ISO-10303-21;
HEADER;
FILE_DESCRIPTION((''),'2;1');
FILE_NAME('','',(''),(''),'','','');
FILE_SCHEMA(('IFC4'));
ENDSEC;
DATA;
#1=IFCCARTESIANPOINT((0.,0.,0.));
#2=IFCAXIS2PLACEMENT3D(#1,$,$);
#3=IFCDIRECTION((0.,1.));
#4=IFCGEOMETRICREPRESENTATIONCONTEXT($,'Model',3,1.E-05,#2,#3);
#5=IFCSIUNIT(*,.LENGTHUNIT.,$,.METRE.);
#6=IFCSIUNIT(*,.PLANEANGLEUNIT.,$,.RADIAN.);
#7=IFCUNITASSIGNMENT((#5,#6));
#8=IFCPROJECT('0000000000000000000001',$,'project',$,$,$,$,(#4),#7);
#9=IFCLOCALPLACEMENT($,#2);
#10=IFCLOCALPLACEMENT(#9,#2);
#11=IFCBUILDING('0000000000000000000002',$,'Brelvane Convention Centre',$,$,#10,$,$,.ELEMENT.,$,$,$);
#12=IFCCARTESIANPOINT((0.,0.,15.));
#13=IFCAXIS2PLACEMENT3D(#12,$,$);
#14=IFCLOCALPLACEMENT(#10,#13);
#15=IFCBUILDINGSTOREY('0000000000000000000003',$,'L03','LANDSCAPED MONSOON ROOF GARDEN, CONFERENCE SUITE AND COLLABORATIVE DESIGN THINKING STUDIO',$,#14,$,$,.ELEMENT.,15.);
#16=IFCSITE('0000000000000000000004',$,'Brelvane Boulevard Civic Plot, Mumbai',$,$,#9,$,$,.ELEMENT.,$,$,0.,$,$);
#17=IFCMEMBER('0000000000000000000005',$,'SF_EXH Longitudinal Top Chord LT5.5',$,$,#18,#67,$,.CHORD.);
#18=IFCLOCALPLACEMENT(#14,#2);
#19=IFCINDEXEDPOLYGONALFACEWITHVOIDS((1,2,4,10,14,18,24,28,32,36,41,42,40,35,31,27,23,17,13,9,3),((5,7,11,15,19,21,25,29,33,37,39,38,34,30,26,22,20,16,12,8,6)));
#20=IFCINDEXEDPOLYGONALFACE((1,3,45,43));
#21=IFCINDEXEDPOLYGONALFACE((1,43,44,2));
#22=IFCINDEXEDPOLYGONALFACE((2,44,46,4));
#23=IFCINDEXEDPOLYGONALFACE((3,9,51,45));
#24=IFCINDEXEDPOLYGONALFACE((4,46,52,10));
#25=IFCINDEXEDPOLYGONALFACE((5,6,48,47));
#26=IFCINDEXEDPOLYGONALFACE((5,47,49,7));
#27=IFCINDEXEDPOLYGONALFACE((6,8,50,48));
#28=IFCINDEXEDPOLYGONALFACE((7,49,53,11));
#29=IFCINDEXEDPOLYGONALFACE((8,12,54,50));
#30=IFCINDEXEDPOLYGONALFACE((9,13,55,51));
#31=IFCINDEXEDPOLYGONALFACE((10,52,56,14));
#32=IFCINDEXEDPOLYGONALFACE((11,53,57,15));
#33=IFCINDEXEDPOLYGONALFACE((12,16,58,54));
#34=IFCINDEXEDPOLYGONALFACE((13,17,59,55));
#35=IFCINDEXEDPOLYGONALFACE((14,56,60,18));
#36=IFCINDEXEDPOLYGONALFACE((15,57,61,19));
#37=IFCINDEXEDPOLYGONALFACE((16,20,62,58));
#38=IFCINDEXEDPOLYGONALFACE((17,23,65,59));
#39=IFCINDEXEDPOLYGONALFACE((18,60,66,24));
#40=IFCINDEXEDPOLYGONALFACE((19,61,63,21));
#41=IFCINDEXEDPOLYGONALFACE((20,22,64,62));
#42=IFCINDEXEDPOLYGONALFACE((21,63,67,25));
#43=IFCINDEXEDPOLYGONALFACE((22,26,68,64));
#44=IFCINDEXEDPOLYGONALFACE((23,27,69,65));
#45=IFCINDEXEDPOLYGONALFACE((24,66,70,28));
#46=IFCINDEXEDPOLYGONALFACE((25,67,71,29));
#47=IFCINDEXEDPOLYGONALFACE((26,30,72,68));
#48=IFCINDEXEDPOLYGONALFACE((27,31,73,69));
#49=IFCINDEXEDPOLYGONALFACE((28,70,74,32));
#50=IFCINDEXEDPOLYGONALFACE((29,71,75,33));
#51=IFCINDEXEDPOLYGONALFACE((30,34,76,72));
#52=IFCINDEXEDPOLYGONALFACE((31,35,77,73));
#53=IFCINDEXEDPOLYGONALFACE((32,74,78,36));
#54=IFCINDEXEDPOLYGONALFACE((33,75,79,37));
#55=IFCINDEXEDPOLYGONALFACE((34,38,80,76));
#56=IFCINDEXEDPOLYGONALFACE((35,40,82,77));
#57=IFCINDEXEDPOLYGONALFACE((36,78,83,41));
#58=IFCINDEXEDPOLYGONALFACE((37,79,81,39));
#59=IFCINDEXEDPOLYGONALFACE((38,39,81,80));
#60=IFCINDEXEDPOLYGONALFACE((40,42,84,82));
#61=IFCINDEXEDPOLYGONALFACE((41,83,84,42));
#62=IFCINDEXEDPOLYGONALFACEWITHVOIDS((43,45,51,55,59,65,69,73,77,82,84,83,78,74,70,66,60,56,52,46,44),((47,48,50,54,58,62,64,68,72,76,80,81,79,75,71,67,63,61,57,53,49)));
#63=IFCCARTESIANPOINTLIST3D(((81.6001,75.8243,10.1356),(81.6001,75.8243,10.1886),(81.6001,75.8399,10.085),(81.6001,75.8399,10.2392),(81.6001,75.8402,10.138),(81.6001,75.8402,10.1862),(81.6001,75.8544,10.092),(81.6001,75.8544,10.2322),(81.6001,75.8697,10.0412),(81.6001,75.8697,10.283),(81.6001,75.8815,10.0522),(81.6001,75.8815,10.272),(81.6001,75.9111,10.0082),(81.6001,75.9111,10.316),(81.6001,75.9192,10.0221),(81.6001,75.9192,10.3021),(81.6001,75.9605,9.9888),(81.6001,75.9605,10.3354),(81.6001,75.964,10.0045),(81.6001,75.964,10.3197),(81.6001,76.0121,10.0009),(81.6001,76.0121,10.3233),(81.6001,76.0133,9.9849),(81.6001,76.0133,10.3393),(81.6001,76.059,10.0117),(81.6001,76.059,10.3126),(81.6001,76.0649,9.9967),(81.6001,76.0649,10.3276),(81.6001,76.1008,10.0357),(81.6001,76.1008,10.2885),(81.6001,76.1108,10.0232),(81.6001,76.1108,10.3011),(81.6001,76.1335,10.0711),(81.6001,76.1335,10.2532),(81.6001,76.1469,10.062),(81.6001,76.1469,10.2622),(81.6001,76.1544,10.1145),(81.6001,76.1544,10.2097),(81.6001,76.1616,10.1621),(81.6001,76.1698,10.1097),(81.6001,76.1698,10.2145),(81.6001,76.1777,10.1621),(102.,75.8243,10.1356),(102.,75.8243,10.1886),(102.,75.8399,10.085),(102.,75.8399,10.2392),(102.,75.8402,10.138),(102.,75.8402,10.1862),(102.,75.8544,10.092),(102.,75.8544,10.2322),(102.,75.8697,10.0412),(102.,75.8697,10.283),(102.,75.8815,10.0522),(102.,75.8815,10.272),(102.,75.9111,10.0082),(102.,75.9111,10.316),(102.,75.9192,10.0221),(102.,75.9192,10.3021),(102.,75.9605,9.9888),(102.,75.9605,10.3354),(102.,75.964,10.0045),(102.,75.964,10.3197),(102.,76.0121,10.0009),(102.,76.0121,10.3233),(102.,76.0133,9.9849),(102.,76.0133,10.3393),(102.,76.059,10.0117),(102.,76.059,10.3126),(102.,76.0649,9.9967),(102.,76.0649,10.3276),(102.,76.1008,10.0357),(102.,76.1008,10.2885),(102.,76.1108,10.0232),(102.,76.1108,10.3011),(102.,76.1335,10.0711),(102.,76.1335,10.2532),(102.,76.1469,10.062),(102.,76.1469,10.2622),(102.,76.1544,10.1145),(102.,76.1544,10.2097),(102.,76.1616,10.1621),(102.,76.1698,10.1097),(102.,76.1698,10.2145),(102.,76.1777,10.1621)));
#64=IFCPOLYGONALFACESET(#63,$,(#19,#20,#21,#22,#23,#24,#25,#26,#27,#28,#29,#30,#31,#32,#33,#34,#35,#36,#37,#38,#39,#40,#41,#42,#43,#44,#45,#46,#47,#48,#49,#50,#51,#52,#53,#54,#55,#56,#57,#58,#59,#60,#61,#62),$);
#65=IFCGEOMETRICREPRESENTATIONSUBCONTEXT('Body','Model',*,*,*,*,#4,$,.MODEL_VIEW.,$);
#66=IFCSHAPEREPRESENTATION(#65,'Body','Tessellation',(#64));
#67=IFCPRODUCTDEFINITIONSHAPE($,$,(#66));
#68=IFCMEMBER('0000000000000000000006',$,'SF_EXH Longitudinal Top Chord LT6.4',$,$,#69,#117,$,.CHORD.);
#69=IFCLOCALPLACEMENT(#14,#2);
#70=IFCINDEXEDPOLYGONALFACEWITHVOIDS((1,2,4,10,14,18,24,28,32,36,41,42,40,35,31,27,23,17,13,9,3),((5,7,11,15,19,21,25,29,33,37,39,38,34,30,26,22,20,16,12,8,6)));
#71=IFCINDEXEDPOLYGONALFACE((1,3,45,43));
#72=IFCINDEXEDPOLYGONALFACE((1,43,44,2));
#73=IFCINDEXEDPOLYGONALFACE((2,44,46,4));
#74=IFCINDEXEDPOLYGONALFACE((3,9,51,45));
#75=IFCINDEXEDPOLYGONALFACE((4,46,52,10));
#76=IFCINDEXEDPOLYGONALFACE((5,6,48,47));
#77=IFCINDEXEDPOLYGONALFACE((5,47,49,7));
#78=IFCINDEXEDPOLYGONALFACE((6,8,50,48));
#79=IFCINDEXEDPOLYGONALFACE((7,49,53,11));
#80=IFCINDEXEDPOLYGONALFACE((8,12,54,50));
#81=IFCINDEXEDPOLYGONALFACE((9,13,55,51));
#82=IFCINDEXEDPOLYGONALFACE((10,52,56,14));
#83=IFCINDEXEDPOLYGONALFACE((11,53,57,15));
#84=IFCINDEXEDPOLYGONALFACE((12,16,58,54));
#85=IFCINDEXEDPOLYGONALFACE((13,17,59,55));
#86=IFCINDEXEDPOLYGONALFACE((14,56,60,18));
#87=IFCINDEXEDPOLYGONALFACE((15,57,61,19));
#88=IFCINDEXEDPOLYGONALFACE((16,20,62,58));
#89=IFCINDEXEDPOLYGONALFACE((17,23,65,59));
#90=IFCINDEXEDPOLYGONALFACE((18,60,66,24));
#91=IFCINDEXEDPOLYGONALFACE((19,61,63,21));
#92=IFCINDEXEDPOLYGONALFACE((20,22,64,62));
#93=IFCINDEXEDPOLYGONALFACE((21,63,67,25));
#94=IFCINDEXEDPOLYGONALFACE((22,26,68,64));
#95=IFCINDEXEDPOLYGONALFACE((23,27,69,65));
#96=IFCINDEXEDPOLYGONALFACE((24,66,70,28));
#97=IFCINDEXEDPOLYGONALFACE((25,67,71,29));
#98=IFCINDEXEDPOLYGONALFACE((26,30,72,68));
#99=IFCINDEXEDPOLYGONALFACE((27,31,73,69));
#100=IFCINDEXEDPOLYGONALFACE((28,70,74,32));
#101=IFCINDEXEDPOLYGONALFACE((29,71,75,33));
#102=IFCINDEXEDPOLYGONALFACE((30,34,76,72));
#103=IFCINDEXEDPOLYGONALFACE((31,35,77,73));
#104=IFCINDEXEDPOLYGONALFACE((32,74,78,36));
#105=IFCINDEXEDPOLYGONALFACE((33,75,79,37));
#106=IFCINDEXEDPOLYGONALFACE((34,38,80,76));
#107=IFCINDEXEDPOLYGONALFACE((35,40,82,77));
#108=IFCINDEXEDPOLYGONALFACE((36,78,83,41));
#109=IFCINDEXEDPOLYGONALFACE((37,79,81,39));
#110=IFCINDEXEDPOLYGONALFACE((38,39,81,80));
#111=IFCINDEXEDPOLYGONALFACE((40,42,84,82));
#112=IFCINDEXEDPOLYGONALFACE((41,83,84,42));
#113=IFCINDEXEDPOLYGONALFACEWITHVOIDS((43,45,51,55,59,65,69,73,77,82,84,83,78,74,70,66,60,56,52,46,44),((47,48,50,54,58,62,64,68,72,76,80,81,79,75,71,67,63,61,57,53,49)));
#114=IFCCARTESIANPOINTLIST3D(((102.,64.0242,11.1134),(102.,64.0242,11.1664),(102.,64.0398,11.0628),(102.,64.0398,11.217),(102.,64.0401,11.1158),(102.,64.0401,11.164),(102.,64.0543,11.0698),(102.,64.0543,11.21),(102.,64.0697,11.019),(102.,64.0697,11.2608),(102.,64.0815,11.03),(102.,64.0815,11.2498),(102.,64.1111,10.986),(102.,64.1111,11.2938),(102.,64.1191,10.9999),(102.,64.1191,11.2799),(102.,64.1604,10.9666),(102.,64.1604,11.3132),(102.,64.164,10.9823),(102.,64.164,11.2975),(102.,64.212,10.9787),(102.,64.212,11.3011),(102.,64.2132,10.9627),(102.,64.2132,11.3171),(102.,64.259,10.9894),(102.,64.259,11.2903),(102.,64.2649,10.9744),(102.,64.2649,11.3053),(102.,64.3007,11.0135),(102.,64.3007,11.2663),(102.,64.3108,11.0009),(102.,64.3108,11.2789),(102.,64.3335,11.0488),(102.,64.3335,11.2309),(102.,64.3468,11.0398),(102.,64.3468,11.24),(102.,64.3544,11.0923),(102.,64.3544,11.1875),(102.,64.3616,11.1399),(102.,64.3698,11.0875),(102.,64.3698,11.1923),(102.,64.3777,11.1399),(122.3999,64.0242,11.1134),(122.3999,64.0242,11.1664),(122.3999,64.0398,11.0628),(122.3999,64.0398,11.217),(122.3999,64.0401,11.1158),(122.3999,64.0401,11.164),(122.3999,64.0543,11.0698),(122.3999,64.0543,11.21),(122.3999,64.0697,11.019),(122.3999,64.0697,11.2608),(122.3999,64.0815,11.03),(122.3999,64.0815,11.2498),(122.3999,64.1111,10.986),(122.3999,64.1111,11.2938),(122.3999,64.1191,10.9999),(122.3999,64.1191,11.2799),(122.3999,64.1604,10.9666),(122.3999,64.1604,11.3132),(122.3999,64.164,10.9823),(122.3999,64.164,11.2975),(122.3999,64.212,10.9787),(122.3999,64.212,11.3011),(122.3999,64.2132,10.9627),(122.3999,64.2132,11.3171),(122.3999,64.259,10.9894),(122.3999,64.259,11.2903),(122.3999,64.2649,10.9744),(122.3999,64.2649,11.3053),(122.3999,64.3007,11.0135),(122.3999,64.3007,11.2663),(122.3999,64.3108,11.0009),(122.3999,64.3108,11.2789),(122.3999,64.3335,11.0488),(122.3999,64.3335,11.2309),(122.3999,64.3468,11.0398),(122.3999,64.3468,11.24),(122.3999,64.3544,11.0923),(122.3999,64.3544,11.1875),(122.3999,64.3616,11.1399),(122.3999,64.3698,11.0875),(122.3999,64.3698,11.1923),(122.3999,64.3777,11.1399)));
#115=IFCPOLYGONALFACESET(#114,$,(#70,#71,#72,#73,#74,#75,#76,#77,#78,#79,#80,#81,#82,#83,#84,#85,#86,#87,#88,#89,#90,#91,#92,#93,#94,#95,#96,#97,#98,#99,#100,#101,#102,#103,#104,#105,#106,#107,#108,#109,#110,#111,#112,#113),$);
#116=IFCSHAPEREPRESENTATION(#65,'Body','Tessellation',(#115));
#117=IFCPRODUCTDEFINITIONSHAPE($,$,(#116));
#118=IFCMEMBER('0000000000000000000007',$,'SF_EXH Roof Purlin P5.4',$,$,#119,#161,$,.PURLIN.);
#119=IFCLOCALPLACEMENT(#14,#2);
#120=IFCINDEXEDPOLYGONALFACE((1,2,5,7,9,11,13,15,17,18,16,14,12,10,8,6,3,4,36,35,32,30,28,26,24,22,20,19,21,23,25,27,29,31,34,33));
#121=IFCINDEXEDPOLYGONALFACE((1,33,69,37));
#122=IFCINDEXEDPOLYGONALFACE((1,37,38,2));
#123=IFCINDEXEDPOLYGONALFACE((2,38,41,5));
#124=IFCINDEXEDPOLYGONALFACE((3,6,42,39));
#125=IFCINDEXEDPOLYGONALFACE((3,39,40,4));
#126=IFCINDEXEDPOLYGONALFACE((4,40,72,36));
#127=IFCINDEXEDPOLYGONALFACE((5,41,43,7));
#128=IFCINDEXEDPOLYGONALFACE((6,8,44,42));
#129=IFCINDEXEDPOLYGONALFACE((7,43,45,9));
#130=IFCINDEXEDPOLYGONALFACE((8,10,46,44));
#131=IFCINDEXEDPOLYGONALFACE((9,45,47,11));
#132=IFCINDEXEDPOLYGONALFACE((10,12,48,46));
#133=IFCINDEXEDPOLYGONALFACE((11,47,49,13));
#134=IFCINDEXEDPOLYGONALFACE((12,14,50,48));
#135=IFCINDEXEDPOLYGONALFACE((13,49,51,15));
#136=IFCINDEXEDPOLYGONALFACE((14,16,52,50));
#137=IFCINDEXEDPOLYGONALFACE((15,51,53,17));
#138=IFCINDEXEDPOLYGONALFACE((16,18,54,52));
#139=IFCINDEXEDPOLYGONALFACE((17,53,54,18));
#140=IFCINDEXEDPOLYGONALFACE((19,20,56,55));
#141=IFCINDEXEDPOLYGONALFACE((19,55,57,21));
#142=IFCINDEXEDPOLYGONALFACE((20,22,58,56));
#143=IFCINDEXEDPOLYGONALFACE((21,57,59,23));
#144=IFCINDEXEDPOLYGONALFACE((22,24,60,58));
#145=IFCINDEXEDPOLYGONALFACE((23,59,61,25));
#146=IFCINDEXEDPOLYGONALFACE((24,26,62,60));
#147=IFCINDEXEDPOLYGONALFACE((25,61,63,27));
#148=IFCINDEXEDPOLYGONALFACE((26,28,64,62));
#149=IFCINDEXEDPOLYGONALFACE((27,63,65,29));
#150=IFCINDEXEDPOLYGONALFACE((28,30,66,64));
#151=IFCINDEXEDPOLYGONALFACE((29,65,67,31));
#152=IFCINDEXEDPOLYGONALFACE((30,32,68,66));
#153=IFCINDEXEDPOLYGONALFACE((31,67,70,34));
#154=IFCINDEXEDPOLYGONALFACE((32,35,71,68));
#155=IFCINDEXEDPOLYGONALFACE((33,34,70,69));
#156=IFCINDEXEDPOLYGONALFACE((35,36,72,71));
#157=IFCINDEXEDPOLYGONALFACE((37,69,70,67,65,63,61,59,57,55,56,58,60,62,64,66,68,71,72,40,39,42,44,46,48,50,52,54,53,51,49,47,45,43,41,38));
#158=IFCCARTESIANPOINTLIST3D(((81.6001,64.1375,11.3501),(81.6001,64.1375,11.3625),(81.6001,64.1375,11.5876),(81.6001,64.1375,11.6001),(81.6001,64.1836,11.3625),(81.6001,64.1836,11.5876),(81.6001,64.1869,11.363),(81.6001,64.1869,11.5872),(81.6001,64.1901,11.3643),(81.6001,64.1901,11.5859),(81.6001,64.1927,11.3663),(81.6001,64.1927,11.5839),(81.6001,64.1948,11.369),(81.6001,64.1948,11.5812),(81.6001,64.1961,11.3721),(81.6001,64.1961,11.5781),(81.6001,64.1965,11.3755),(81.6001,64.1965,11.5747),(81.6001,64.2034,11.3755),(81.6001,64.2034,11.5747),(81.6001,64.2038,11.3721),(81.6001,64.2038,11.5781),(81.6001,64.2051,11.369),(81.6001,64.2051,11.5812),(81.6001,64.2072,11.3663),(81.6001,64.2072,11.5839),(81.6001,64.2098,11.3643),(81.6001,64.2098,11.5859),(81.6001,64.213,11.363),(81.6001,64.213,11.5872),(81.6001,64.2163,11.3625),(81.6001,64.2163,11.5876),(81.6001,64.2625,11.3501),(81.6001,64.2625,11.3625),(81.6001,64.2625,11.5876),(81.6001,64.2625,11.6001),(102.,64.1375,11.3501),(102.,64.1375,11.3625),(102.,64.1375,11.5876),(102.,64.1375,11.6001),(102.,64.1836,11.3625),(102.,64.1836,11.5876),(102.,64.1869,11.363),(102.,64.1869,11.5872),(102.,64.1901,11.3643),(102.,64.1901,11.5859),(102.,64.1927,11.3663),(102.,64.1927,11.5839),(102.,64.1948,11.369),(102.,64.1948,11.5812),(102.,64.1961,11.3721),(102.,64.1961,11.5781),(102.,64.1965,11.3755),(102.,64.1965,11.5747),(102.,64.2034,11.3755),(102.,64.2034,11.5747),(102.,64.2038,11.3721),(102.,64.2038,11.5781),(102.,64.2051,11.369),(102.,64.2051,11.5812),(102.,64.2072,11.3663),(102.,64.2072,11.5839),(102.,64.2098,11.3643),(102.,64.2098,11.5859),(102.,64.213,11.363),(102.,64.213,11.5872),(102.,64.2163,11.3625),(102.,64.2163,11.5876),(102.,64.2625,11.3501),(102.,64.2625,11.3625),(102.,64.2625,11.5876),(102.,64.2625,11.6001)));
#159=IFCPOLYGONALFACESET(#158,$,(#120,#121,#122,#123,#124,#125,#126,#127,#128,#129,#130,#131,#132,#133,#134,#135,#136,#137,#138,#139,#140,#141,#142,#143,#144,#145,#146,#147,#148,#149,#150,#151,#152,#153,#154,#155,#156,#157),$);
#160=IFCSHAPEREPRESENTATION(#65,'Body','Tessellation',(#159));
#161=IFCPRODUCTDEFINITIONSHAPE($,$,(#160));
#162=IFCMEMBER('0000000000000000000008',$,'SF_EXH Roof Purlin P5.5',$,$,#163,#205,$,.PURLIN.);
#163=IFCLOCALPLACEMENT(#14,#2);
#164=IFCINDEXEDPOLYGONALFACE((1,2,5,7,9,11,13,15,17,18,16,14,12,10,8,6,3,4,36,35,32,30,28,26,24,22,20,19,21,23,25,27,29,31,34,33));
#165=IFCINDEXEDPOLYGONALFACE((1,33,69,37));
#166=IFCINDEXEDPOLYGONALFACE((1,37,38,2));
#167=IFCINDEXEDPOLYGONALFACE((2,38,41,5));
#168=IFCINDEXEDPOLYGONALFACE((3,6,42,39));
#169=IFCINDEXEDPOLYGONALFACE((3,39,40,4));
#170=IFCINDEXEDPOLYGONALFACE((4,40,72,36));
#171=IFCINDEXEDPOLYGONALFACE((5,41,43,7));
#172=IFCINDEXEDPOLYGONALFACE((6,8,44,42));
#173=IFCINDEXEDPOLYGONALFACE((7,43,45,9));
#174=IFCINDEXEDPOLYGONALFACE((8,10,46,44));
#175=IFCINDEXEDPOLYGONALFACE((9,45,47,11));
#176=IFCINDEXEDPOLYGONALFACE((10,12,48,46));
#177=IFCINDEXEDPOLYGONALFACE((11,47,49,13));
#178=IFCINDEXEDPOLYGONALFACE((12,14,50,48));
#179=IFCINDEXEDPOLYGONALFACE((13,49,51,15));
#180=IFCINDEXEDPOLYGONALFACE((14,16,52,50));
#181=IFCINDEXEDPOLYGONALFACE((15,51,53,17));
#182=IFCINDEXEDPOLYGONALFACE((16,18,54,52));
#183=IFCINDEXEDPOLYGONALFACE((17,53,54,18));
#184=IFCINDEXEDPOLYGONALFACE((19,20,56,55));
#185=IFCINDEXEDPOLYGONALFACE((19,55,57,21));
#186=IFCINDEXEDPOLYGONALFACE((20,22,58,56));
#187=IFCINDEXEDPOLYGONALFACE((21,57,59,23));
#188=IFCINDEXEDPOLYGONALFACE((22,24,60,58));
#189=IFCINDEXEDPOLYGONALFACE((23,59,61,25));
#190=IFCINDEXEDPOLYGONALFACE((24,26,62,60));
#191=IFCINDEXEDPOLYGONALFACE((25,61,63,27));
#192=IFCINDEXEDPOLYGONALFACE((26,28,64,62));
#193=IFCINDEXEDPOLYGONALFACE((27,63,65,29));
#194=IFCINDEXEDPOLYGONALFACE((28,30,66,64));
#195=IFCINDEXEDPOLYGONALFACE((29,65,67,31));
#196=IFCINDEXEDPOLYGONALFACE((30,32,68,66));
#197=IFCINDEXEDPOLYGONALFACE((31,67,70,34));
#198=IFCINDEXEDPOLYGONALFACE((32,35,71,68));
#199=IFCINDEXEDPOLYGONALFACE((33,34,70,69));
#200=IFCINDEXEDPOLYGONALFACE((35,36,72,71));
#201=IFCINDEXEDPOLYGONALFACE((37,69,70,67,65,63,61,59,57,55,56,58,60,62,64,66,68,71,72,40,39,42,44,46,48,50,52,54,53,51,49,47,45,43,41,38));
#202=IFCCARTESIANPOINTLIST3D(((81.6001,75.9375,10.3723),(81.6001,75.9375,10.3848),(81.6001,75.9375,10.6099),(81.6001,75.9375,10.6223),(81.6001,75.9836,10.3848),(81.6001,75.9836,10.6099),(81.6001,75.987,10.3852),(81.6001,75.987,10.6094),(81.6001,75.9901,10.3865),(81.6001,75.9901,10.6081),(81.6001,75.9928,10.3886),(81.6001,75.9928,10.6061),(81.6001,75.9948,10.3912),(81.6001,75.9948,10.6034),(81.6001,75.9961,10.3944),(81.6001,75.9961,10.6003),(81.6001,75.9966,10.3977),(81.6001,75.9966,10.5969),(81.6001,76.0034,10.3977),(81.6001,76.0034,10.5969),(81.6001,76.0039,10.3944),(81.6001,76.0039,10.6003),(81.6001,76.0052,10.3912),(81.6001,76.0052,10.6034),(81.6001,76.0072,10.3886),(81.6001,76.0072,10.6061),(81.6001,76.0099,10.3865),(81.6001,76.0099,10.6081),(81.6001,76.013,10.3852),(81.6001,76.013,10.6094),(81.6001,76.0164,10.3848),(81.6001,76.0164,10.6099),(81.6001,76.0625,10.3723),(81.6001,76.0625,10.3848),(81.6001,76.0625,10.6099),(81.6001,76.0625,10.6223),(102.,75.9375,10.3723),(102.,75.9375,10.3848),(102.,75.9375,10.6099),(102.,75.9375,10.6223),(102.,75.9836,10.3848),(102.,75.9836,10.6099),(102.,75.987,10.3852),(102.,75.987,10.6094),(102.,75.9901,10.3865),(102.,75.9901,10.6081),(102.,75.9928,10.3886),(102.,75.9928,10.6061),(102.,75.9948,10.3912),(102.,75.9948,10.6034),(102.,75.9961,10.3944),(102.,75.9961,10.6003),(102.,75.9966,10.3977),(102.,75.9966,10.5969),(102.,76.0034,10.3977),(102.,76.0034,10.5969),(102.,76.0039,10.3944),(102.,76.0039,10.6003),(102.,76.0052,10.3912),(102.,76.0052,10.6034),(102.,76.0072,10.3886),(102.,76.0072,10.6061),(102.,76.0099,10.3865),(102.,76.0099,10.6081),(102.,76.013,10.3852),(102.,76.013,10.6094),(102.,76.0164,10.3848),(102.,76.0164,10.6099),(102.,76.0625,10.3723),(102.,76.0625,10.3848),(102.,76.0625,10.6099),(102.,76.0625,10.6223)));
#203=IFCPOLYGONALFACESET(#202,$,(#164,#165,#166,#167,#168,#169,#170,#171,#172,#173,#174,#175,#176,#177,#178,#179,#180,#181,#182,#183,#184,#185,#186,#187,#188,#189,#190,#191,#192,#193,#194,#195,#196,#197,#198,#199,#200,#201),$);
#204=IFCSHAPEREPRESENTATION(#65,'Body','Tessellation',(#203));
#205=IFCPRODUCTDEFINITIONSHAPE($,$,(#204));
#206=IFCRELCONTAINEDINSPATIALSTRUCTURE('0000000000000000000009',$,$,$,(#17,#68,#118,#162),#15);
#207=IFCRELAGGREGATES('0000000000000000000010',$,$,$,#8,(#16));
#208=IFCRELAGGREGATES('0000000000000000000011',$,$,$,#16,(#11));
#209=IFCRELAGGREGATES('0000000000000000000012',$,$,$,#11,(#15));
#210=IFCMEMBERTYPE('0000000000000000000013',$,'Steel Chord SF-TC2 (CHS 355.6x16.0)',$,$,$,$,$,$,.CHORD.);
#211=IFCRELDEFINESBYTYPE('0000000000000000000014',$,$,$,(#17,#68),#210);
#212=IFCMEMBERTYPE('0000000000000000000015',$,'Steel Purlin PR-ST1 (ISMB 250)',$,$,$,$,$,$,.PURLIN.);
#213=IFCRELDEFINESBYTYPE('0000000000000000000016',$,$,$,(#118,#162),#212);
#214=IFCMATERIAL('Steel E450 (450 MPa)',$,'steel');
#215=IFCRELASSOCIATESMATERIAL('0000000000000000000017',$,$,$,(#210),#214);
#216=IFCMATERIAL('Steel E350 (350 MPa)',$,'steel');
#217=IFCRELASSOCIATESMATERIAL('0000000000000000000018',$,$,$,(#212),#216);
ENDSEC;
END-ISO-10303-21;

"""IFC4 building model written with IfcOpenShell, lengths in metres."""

from ifc_helpers import new_model, si_unit, direction, frame, origin, origin_2d, place, context, subcontext, project, spatial, hollow_circle, i_section, extrude, material, material_profile, profile_set, type_object, element, save


model = new_model("IFC4")

# Units and contexts
model_context = context("Model", 3, precision=1e-05, world=origin(), true_north=direction((0.0, 1.0)))
body_context = subcontext(model_context, "Body", "Model", "MODEL_VIEW")
ifc_project = project(units=[si_unit("LENGTHUNIT", "METRE"), si_unit("PLANEANGLEUNIT", "RADIAN")], contexts=[model_context])

# Site, building, storey
site_placement = place(None, origin())
site = spatial("IfcSite", under=ifc_project, at=site_placement, Name="Brelvane Boulevard Civic Plot, Mumbai", CompositionType="ELEMENT", RefElevation=0.0)
building_placement = place(site_placement, origin())
building = spatial("IfcBuilding", under=site, at=building_placement, Name="Brelvane Convention Centre", CompositionType="ELEMENT")
storey_placement = place(building_placement, frame((0.0, 0.0, 15.0)))
storey = spatial("IfcBuildingStorey", under=building, at=storey_placement, Name="L03", Description="LANDSCAPED MONSOON ROOF GARDEN, CONFERENCE SUITE AND COLLABORATIVE DESIGN THINKING STUDIO", CompositionType="ELEMENT", Elevation=15.0)

# Members
ifc_material_1 = material(Name="Steel E450 (450 MPa)", Category="steel")
ifc_material_profile_1 = material_profile(ifc_material_1, hollow_circle(Radius=0.1777, WallThickness=0.0161, at=origin_2d()), Name="CHS 355.6x16.0")
ifc_profile_set_1 = profile_set([ifc_material_profile_1], Name="Steel E450 (450 MPa)")
member_type_1 = type_object("IfcMemberType", Name="Steel Chord SF-TC2 (CHS 355.6x16.0)", PredefinedType="CHORD", material=ifc_profile_set_1)
for number, where, z_axis, x_axis, name in (
    (1, (81.6001, 76.0, 10.1621), (1.0, 0.0, 0.0), (0.0, 1.0, 0.0), "SF_EXH Longitudinal Top Chord LT5.5"),
    (2, (102.0, 64.2, 11.1399), (1.0, 0.0, 0.0), (0.0, 1.0, 0.0), "SF_EXH Longitudinal Top Chord LT6.4"),
):
    element("IfcMember", number, at=place(storey_placement, frame(where, z_axis=z_axis, x_axis=x_axis)), inside=storey, type_object=member_type_1, Name=name, PredefinedType="CHORD", context=body_context, shape_type="SweptSolid", body=[
        extrude(hollow_circle(Radius=0.1777, WallThickness=0.0161, at=origin_2d()), origin(), (0.0, 0.0, 1.0), 20.3999),
    ])
ifc_material_2 = material(Name="Steel E350 (350 MPa)", Category="steel")
ifc_material_profile_2 = material_profile(ifc_material_2, i_section(OverallWidth=0.125, OverallDepth=0.25, WebThickness=0.0068, FlangeThickness=0.0125, FilletRadius=0.0129, at=origin_2d()), Name="ISMB 250")
ifc_profile_set_2 = profile_set([ifc_material_profile_2], Name="Steel E350 (350 MPa)")
member_type_2 = type_object("IfcMemberType", Name="Steel Purlin PR-ST1 (ISMB 250)", PredefinedType="PURLIN", material=ifc_profile_set_2)
for number, where, z_axis, x_axis, name in (
    (3, (81.6001, 64.2, 11.4751), (1.0, 0.0, 0.0), (0.0, 1.0, 0.0), "SF_EXH Roof Purlin P5.4"),
    (4, (81.6001, 76.0, 10.4973), (1.0, 0.0, 0.0), (0.0, 1.0, 0.0), "SF_EXH Roof Purlin P5.5"),
):
    element("IfcMember", number, at=place(storey_placement, frame(where, z_axis=z_axis, x_axis=x_axis)), inside=storey, type_object=member_type_2, Name=name, PredefinedType="PURLIN", context=body_context, shape_type="SweptSolid", body=[
        extrude(i_section(OverallWidth=0.125, OverallDepth=0.25, WebThickness=0.0068, FlangeThickness=0.0125, FilletRadius=0.0129, at=origin_2d()), origin(), (0.0, 0.0, 1.0), 20.3999),
    ])

save(model, "model.ifc")
